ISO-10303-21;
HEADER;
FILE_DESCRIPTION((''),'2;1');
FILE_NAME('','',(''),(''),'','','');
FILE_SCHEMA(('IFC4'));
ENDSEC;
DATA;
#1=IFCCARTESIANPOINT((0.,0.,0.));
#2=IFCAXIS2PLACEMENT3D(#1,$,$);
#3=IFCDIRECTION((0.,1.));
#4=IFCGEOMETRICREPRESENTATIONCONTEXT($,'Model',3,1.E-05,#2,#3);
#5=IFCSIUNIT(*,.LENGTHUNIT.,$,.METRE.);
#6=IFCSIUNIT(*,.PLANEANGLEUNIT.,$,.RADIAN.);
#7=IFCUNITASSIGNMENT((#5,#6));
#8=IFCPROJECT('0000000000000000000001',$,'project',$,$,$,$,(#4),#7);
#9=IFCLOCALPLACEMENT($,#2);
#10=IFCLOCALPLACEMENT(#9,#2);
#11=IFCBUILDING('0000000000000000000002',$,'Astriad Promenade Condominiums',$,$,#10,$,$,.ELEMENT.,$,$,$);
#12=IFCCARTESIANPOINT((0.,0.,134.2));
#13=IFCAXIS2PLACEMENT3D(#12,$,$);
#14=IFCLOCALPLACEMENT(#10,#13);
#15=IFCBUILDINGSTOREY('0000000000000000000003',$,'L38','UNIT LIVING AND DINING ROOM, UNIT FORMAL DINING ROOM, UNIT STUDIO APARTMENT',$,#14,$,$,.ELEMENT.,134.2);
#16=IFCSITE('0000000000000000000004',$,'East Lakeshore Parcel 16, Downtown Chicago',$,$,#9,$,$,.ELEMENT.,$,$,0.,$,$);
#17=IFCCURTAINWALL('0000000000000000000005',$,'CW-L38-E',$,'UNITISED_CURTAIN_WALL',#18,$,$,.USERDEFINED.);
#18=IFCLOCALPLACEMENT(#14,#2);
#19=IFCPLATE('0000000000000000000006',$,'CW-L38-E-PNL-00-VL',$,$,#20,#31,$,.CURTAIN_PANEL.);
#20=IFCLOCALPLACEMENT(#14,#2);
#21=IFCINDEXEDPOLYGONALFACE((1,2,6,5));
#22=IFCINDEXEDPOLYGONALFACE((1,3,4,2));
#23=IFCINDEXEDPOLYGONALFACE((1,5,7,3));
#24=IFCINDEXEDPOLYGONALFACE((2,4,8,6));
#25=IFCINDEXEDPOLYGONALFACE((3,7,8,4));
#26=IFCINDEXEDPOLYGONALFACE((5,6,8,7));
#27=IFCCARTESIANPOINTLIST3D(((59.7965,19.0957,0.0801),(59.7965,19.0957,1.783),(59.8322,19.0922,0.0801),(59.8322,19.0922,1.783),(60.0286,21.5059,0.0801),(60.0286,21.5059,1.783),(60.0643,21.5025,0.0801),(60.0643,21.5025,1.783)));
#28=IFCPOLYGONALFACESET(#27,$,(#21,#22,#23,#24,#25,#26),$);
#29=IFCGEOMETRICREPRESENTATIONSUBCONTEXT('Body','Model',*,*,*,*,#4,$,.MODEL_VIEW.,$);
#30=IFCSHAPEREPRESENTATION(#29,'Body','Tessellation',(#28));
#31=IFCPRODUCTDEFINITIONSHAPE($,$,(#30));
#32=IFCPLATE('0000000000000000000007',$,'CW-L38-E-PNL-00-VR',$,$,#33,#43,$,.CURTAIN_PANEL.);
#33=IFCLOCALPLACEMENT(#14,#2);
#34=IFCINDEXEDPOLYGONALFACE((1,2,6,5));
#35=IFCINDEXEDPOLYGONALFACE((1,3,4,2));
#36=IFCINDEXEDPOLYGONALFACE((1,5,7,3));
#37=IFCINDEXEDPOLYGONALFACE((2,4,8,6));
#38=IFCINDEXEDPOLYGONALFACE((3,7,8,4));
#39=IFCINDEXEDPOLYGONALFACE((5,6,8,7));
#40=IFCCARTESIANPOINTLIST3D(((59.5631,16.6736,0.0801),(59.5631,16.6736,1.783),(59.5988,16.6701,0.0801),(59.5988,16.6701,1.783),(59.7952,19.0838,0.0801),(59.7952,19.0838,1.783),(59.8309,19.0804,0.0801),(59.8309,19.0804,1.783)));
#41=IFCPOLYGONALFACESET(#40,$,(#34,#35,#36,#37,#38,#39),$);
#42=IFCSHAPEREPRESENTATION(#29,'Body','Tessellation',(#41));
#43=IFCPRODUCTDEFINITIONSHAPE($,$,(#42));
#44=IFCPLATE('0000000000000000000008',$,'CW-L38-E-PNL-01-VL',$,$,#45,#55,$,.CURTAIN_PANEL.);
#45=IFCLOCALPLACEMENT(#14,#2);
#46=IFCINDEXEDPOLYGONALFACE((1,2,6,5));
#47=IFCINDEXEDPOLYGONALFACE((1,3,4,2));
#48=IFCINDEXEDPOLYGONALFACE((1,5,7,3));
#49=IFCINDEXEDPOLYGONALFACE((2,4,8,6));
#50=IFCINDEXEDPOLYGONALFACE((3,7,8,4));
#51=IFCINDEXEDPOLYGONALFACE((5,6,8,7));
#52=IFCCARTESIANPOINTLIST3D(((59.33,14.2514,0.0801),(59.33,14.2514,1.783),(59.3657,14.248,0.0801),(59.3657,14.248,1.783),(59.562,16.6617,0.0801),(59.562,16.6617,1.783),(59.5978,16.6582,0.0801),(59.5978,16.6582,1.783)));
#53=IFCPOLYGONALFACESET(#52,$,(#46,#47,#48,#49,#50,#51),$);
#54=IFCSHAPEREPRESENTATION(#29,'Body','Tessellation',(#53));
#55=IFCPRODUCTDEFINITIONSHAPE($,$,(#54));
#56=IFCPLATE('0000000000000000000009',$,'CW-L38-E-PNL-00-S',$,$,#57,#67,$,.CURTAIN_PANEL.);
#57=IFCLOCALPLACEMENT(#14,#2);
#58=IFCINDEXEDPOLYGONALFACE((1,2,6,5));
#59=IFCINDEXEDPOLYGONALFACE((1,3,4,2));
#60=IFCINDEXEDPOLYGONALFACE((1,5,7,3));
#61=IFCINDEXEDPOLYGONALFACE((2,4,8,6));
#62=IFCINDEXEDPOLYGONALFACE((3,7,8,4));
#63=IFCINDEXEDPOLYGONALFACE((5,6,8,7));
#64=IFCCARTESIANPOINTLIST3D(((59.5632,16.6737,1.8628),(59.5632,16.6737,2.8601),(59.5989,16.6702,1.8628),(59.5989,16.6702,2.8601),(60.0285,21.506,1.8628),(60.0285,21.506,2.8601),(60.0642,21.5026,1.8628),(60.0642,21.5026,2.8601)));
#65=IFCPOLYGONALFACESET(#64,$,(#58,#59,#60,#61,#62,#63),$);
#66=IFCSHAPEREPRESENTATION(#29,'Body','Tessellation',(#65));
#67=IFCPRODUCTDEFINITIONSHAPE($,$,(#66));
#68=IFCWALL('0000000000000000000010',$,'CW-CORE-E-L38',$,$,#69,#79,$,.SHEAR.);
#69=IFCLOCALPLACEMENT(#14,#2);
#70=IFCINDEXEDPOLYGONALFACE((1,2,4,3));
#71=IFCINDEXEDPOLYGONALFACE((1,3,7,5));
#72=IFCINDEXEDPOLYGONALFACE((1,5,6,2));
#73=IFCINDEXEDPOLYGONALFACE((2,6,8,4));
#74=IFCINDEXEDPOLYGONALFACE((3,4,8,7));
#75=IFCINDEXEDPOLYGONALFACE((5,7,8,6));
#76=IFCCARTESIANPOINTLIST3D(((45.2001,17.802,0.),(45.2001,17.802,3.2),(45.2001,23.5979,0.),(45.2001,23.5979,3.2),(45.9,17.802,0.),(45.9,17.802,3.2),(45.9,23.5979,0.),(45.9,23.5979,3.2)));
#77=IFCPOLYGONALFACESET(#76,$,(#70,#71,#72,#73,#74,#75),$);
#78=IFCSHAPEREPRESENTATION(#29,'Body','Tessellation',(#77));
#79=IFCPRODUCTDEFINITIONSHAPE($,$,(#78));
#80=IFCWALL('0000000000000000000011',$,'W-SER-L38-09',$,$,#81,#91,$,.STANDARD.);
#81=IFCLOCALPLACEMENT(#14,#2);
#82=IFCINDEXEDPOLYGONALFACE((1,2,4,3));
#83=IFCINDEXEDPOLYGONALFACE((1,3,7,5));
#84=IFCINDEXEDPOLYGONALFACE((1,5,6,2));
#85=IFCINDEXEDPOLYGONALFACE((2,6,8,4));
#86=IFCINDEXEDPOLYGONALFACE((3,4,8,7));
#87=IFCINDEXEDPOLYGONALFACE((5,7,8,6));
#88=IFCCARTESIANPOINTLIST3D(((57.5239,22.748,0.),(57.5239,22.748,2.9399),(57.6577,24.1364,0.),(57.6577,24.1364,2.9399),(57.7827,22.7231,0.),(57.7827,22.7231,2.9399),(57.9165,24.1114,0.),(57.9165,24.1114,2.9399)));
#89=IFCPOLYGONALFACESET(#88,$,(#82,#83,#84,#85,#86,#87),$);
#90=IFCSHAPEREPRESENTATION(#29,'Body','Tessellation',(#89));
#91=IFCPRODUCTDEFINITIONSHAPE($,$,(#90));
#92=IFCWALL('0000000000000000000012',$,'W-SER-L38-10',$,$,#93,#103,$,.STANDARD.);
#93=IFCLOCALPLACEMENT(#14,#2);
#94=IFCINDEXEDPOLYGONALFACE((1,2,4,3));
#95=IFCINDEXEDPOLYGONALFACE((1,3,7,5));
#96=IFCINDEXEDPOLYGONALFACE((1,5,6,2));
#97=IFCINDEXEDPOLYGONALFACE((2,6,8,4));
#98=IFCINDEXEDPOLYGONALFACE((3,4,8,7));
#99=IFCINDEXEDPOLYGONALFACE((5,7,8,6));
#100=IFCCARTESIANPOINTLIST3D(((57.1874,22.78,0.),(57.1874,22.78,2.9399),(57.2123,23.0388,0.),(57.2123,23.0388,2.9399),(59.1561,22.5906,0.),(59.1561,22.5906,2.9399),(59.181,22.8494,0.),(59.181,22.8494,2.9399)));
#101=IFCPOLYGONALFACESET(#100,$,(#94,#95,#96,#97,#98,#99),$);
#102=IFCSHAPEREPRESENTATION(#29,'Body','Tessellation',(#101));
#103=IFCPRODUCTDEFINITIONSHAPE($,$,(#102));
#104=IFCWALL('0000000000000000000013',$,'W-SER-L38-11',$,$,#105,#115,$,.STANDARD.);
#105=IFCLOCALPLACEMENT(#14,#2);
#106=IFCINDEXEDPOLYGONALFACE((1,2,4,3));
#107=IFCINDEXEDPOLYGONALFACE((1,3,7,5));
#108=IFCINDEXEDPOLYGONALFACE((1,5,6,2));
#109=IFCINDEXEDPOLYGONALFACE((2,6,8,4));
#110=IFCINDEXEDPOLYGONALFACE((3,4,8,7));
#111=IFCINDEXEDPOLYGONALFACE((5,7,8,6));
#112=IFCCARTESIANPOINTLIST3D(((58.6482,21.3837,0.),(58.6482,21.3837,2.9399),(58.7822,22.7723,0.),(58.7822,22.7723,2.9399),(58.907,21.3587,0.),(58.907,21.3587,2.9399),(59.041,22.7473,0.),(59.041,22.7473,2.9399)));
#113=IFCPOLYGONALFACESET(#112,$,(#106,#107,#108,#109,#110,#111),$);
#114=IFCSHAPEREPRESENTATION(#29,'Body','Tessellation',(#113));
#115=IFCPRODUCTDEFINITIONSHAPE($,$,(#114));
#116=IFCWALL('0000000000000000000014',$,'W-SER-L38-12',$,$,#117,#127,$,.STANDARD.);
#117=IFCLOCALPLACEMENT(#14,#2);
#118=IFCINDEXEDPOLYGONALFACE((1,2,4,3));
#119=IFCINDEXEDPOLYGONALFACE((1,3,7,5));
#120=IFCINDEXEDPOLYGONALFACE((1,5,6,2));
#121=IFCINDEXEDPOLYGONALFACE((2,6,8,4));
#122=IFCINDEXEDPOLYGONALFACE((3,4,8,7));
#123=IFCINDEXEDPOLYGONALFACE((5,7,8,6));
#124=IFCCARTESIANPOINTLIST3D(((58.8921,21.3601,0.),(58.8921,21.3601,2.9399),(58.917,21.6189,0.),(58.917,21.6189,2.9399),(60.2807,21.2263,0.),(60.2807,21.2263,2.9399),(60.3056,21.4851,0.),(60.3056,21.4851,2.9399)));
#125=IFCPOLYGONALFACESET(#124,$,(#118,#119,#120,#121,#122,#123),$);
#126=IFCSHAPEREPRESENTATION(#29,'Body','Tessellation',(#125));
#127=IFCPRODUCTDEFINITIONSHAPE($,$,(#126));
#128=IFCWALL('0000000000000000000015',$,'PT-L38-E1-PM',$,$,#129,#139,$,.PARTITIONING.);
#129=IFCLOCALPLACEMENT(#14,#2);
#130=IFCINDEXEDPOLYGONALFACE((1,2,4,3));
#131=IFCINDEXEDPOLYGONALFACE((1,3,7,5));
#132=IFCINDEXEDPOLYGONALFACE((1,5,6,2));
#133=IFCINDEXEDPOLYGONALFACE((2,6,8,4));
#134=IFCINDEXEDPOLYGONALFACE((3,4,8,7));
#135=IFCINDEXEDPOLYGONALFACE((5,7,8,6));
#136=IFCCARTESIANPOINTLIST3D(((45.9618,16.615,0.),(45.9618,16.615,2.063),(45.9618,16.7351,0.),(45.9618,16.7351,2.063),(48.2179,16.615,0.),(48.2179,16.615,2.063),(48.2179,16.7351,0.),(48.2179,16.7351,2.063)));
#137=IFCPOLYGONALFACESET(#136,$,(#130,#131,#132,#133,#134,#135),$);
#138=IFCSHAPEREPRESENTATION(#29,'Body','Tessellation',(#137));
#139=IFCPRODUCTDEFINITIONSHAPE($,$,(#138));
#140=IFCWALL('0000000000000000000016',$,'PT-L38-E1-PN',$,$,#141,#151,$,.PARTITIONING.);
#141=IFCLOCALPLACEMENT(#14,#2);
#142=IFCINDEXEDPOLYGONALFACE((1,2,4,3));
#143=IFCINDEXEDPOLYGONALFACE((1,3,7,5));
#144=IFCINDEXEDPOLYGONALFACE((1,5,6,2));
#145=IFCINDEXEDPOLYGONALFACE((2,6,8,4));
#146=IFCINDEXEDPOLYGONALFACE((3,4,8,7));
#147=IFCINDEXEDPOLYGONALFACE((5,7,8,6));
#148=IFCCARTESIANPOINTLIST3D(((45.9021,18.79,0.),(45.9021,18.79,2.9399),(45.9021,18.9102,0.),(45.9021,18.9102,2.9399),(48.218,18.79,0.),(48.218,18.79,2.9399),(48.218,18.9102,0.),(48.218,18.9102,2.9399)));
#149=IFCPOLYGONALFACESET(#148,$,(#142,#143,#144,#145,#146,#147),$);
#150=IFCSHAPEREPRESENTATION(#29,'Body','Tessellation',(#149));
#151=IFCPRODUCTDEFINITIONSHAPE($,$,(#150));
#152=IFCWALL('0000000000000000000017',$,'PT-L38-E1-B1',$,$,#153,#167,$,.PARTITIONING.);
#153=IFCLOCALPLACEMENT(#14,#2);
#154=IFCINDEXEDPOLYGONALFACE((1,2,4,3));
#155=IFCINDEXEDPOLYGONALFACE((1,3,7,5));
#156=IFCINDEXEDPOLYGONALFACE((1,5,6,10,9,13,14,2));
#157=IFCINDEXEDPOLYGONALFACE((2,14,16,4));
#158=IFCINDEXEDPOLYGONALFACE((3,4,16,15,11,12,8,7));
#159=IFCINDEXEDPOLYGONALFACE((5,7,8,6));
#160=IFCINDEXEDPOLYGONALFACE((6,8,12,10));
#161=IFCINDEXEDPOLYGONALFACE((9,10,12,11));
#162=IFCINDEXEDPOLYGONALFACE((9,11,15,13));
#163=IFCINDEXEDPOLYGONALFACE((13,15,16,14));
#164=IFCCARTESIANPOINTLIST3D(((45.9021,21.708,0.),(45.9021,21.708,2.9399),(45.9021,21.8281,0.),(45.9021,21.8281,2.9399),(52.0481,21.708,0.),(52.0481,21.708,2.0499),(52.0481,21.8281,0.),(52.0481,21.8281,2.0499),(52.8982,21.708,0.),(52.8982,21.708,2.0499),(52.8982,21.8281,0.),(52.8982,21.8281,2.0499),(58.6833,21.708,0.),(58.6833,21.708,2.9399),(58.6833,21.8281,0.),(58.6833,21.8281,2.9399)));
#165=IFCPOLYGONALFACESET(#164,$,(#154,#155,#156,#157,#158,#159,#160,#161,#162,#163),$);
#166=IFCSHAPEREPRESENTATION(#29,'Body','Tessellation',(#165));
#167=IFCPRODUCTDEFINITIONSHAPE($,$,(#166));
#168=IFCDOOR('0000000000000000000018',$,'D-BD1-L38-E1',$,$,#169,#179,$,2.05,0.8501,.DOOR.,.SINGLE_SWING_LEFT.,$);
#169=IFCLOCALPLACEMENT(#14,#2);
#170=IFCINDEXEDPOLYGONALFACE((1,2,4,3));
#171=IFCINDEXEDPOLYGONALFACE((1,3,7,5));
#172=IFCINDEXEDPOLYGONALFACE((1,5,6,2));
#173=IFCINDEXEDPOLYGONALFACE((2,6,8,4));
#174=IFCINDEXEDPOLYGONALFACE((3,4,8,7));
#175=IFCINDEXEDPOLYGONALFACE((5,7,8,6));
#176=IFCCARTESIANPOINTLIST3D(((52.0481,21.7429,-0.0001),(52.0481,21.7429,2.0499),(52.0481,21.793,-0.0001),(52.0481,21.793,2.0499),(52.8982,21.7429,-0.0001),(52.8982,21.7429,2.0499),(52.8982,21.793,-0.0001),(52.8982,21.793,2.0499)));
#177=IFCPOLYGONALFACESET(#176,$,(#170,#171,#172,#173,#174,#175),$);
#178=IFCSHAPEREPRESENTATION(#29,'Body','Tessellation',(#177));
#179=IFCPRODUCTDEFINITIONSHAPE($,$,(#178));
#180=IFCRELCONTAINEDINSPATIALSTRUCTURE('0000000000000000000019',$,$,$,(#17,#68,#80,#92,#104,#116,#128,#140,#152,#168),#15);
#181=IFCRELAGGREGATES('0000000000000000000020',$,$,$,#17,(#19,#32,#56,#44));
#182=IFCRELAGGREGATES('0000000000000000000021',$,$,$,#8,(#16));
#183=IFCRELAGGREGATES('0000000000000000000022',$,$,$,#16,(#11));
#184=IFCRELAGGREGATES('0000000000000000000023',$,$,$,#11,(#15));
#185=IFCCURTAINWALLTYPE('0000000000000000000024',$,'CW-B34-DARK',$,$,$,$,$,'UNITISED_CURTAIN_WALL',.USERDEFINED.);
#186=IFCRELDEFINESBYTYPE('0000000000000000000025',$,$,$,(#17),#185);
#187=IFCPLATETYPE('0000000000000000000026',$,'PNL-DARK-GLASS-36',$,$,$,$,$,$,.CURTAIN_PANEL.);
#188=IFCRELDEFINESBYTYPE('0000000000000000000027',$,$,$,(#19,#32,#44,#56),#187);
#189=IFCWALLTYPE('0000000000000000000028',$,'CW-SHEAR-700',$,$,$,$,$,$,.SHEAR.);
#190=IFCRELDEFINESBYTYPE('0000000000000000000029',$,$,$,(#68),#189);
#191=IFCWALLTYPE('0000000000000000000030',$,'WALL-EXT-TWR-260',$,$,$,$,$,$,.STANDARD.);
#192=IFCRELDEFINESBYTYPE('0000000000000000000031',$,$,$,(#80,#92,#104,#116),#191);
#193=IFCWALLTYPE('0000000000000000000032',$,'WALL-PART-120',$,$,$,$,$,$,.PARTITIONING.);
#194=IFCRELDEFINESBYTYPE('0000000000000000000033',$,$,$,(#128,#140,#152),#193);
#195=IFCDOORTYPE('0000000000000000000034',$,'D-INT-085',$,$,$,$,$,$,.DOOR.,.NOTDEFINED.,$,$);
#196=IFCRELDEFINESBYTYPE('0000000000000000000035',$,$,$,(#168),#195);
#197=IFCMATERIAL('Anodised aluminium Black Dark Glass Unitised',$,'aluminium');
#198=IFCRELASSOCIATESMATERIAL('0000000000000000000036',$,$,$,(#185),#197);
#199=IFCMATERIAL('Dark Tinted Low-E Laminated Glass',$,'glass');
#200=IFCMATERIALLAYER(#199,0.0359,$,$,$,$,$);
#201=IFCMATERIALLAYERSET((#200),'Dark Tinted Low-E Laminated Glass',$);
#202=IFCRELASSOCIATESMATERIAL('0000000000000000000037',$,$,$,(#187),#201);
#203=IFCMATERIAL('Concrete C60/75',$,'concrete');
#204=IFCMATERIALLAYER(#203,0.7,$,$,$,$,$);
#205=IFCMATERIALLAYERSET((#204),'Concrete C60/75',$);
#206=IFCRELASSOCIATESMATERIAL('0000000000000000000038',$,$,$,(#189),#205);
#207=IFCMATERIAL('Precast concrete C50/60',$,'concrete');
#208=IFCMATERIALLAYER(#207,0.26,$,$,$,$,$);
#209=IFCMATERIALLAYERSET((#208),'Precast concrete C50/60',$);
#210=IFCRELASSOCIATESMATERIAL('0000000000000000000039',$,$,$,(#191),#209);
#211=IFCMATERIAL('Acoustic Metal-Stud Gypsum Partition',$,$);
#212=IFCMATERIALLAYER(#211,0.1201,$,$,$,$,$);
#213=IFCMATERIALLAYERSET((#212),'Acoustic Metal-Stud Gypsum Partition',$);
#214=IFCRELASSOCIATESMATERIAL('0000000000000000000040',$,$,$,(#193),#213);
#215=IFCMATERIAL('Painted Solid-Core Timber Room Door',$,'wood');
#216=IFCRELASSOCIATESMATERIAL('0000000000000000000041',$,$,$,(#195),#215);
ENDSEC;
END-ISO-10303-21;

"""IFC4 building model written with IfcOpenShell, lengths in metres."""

from ifc_helpers import new_model, si_unit, direction, frame, frame_2d, origin, origin_2d, place, context, subcontext, project, spatial, rectangle, extrude, source, transform, mapped, material, layer, layer_set, type_object, type_shapes, element, fill, aggregate, save


model = new_model("IFC4")

# Units and contexts
model_context = context("Model", 3, precision=1e-05, world=origin(), true_north=direction((0.0, 1.0)))
body_context = subcontext(model_context, "Body", "Model", "MODEL_VIEW")
ifc_project = project(units=[si_unit("LENGTHUNIT", "METRE"), si_unit("PLANEANGLEUNIT", "RADIAN")], contexts=[model_context])

# Site, building, storey
site_placement = place(None, origin())
site = spatial("IfcSite", under=ifc_project, at=site_placement, Name="East Lakeshore Parcel 16, Downtown Chicago", CompositionType="ELEMENT", RefElevation=0.0)
building_placement = place(site_placement, origin())
building = spatial("IfcBuilding", under=site, at=building_placement, Name="Astriad Promenade Condominiums", CompositionType="ELEMENT")
storey_placement = place(building_placement, frame((0.0, 0.0, 134.2)))
storey = spatial("IfcBuildingStorey", under=building, at=storey_placement, Name="L38", Description="UNIT LIVING AND DINING ROOM, UNIT FORMAL DINING ROOM, UNIT STUDIO APARTMENT", CompositionType="ELEMENT", Elevation=134.2)

# Shared definitions
ifc_material_1 = material(Name="Concrete C60/75", Category="concrete")

# Curtain wall, plates
ifc_material_2 = material(Name="Anodised aluminium Black Dark Glass Unitised", Category="aluminium")
curtain_wall_type = type_object("IfcCurtainWallType", Name="CW-B34-DARK", ElementType="UNITISED_CURTAIN_WALL", PredefinedType="USERDEFINED", material=ifc_material_2)
curtain_wall_placement = place(storey_placement, origin())
curtain_wall = element("IfcCurtainWall", 1, at=curtain_wall_placement, inside=storey, type_object=curtain_wall_type, Name="CW-L38-E", ObjectType="UNITISED_CURTAIN_WALL", PredefinedType="USERDEFINED")
ifc_material_3 = material(Name="Dark Tinted Low-E Laminated Glass", Category="glass")
ifc_layer_1 = layer(ifc_material_3, 0.0359)
ifc_layer_set_1 = layer_set([ifc_layer_1], Name="Dark Tinted Low-E Laminated Glass")
plate_type = type_object("IfcPlateType", Name="PNL-DARK-GLASS-36", PredefinedType="CURTAIN_PANEL", material=ifc_layer_set_1)
shared_shape_1 = source(origin(), body_context, "Body", "SweptSolid", [
    extrude(rectangle(XDim=2.4214, YDim=0.0359, at=origin_2d()), origin(), (0.0, 0.0, 1.0), 1.7029),
])
plate_1_placement = place(storey_placement, frame((59.9304, 20.2991, 0.0801), z_axis=(0.0, 0.0, 1.0), x_axis=(-0.095846, -0.995396, 0.0)))
plate_1 = element("IfcPlate", 2, at=plate_1_placement, type_object=plate_type, Name="CW-L38-E-PNL-00-VL", PredefinedType="CURTAIN_PANEL", context=body_context, shape_type="MappedRepresentation", body=[
    mapped(shared_shape_1, transform((0.0, 0.0, 0.0), scale=1.0)),
])
plate_2_placement = place(storey_placement, frame((59.697, 17.877, 0.0801), z_axis=(0.0, 0.0, 1.0), x_axis=(-0.095846, -0.995396, 0.0)))
plate_2 = element("IfcPlate", 3, at=plate_2_placement, type_object=plate_type, Name="CW-L38-E-PNL-00-VR", PredefinedType="CURTAIN_PANEL", context=body_context, shape_type="MappedRepresentation", body=[
    mapped(shared_shape_1, transform((0.0, 0.0, 0.0), scale=1.0)),
])
plate_3_placement = place(storey_placement, frame((59.4639, 15.4548, 0.0801), z_axis=(0.0, 0.0, 1.0), x_axis=(-0.095846, -0.995396, 0.0)))
plate_3 = element("IfcPlate", 4, at=plate_3_placement, type_object=plate_type, Name="CW-L38-E-PNL-01-VL", PredefinedType="CURTAIN_PANEL", context=body_context, shape_type="MappedRepresentation", body=[
    mapped(shared_shape_1, transform((0.0, 0.0, 0.0), scale=1.0)),
])
shared_shape_2 = source(origin(), body_context, "Body", "SweptSolid", [
    extrude(rectangle(XDim=4.8547, YDim=0.0359, at=origin_2d()), origin(), (0.0, 0.0, 1.0), 0.9973),
])
type_shapes(plate_type, [shared_shape_1, shared_shape_2])
plate_4_placement = place(storey_placement, frame((59.8137, 19.0881, 1.8628), z_axis=(0.0, 0.0, 1.0), x_axis=(-0.095846, -0.995396, 0.0)))
plate_4 = element("IfcPlate", 5, at=plate_4_placement, type_object=plate_type, Name="CW-L38-E-PNL-00-S", PredefinedType="CURTAIN_PANEL", context=body_context, shape_type="MappedRepresentation", body=[
    mapped(shared_shape_2, transform((0.0, 0.0, 0.0), scale=1.0)),
])
aggregate(curtain_wall, [plate_1, plate_2, plate_4, plate_3])

# Walls
ifc_layer_2 = layer(ifc_material_1, 0.7)
ifc_layer_set_2 = layer_set([ifc_layer_2], Name="Concrete C60/75")
wall_type_1 = type_object("IfcWallType", Name="CW-SHEAR-700", PredefinedType="SHEAR", material=ifc_layer_set_2)
wall_1_placement = place(storey_placement, frame((45.55, 17.802, 0.0), z_axis=(0.0, 0.0, 1.0), x_axis=(0.0, 1.0, 0.0)))
element("IfcWall", 6, at=wall_1_placement, inside=storey, type_object=wall_type_1, Name="CW-CORE-E-L38", PredefinedType="SHEAR", context=body_context, shape_type="SweptSolid", body=[
    extrude(rectangle(XDim=5.7959, YDim=0.7, at=frame_2d((2.8979, 0.0))), origin(), (0.0, 0.0, 1.0), 3.2),
])
ifc_material_4 = material(Name="Precast concrete C50/60", Category="concrete")
ifc_layer_3 = layer(ifc_material_4, 0.26)
ifc_layer_set_3 = layer_set([ifc_layer_3], Name="Precast concrete C50/60")
wall_type_2 = type_object("IfcWallType", Name="WALL-EXT-TWR-260", PredefinedType="STANDARD", material=ifc_layer_set_3)
wall_2_placement = place(storey_placement, frame((57.7871, 24.1238, 0.0), z_axis=(0.0, 0.0, 1.0), x_axis=(-0.095916, -0.995389, 0.0)))
element("IfcWall", 7, at=wall_2_placement, inside=storey, type_object=wall_type_2, Name="W-SER-L38-09", PredefinedType="STANDARD", context=body_context, shape_type="SweptSolid", body=[
    extrude(rectangle(XDim=1.3948, YDim=0.26, at=frame_2d((0.6973, 0.0))), origin(), (0.0, 0.0, 1.0), 2.9399),
])
wall_3_placement = place(storey_placement, frame((57.2, 22.9094, 0.0), z_axis=(0.0, 0.0, 1.0), x_axis=(0.995402, -0.095788, 0.0)))
element("IfcWall", 8, at=wall_3_placement, inside=storey, type_object=wall_type_2, Name="W-SER-L38-10", PredefinedType="STANDARD", context=body_context, shape_type="SweptSolid", body=[
    extrude(rectangle(XDim=1.9778, YDim=0.26, at=frame_2d((0.9888, 0.0))), origin(), (0.0, 0.0, 1.0), 2.9399),
])
for number, where, z_axis, x_axis, name in (
    (9, (58.9116, 22.7598, 0.0), (0.0, 0.0, 1.0), (-0.096073, -0.995374, 0.0), "W-SER-L38-11"),
    (10, (58.9045, 21.4895, 0.0), (0.0, 0.0, 1.0), (0.995391, -0.095899, 0.0), "W-SER-L38-12"),
):
    element("IfcWall", number, at=place(storey_placement, frame(where, z_axis=z_axis, x_axis=x_axis)), inside=storey, type_object=wall_type_2, Name=name, PredefinedType="STANDARD", context=body_context, shape_type="SweptSolid", body=[
        extrude(rectangle(XDim=1.395, YDim=0.26, at=frame_2d((0.6975, 0.0))), origin(), (0.0, 0.0, 1.0), 2.9399),
    ])
ifc_material_5 = material(Name="Acoustic Metal-Stud Gypsum Partition")
ifc_layer_4 = layer(ifc_material_5, 0.1201)
ifc_layer_set_4 = layer_set([ifc_layer_4], Name="Acoustic Metal-Stud Gypsum Partition")
wall_type_3 = type_object("IfcWallType", Name="WALL-PART-120", PredefinedType="PARTITIONING", material=ifc_layer_set_4)
wall_4_placement = place(storey_placement, frame((45.9619, 16.675, 0.0), z_axis=(0.0, 0.0, 1.0), x_axis=(1.0, 0.0, 0.0)))
element("IfcWall", 11, at=wall_4_placement, inside=storey, type_object=wall_type_3, Name="PT-L38-E1-PM", PredefinedType="PARTITIONING", context=body_context, shape_type="SweptSolid", body=[
    extrude(rectangle(XDim=2.2561, YDim=0.1201, at=frame_2d((1.1279, 0.0))), origin(), (0.0, 0.0, 1.0), 2.063),
])
wall_5_placement = place(storey_placement, frame((45.9021, 18.8501, 0.0), z_axis=(0.0, 0.0, 1.0), x_axis=(1.0, 0.0, 0.0)))
element("IfcWall", 12, at=wall_5_placement, inside=storey, type_object=wall_type_3, Name="PT-L38-E1-PN", PredefinedType="PARTITIONING", context=body_context, shape_type="SweptSolid", body=[
    extrude(rectangle(XDim=2.3159, YDim=0.1201, at=frame_2d((1.158, 0.0))), origin(), (0.0, 0.0, 1.0), 2.9399),
])

# Wall, opening, door
wall_6_placement = place(storey_placement, frame((45.9021, 21.7681, 0.0), z_axis=(0.0, 0.0, 1.0), x_axis=(1.0, 0.0, 0.0)))
wall_6 = element("IfcWall", 13, at=wall_6_placement, inside=storey, type_object=wall_type_3, Name="PT-L38-E1-B1", PredefinedType="PARTITIONING", context=body_context, shape_type="SweptSolid", body=[
    extrude(rectangle(XDim=12.7812, YDim=0.1201, at=frame_2d((6.3906, 0.0))), origin(), (0.0, 0.0, 1.0), 2.9399),
])
opening_1_placement = place(wall_6_placement, frame((6.146, 0.0, 0.0)))
opening_1 = element("IfcOpeningElement", 14, at=opening_1_placement, cuts=wall_6, PredefinedType="OPENING", context=body_context, shape_type="SweptSolid", body=[
    extrude(rectangle(XDim=0.8501, YDim=2.05, at=frame_2d((0.425, 1.0249))), frame((0.0, 0.0701, 0.0), z_axis=(0.0, -1.0, 0.0), x_axis=(1.0, 0.0, 0.0)), (0.0, 0.0, 1.0), 0.1401),
])
ifc_material_6 = material(Name="Painted Solid-Core Timber Room Door", Category="wood")
door_type = type_object("IfcDoorType", Name="D-INT-085", OperationType="NOTDEFINED", PredefinedType="DOOR", material=ifc_material_6)
shared_shape_3 = source(origin(), body_context, "Body", "SweptSolid", [
    extrude(rectangle(XDim=0.8501, YDim=2.05, at=frame_2d((0.425, 1.0249))), frame((0.0, 0.0249, 0.0), z_axis=(0.0, -1.0, 0.0), x_axis=(1.0, 0.0, 0.0)), (0.0, 0.0, 1.0), 0.05),
])
type_shapes(door_type, [shared_shape_3])
door_1_placement = place(opening_1_placement, origin())
door_1 = element("IfcDoor", 15, at=door_1_placement, inside=storey, type_object=door_type, Name="D-BD1-L38-E1", OperationType="SINGLE_SWING_LEFT", OverallHeight=2.05, OverallWidth=0.8501, PredefinedType="DOOR", context=body_context, shape_type="MappedRepresentation", body=[
    mapped(shared_shape_3, transform((0.0, 0.0, 0.0), scale=1.0)),
])
fill(opening_1, door_1)

save(model, "model.ifc")
